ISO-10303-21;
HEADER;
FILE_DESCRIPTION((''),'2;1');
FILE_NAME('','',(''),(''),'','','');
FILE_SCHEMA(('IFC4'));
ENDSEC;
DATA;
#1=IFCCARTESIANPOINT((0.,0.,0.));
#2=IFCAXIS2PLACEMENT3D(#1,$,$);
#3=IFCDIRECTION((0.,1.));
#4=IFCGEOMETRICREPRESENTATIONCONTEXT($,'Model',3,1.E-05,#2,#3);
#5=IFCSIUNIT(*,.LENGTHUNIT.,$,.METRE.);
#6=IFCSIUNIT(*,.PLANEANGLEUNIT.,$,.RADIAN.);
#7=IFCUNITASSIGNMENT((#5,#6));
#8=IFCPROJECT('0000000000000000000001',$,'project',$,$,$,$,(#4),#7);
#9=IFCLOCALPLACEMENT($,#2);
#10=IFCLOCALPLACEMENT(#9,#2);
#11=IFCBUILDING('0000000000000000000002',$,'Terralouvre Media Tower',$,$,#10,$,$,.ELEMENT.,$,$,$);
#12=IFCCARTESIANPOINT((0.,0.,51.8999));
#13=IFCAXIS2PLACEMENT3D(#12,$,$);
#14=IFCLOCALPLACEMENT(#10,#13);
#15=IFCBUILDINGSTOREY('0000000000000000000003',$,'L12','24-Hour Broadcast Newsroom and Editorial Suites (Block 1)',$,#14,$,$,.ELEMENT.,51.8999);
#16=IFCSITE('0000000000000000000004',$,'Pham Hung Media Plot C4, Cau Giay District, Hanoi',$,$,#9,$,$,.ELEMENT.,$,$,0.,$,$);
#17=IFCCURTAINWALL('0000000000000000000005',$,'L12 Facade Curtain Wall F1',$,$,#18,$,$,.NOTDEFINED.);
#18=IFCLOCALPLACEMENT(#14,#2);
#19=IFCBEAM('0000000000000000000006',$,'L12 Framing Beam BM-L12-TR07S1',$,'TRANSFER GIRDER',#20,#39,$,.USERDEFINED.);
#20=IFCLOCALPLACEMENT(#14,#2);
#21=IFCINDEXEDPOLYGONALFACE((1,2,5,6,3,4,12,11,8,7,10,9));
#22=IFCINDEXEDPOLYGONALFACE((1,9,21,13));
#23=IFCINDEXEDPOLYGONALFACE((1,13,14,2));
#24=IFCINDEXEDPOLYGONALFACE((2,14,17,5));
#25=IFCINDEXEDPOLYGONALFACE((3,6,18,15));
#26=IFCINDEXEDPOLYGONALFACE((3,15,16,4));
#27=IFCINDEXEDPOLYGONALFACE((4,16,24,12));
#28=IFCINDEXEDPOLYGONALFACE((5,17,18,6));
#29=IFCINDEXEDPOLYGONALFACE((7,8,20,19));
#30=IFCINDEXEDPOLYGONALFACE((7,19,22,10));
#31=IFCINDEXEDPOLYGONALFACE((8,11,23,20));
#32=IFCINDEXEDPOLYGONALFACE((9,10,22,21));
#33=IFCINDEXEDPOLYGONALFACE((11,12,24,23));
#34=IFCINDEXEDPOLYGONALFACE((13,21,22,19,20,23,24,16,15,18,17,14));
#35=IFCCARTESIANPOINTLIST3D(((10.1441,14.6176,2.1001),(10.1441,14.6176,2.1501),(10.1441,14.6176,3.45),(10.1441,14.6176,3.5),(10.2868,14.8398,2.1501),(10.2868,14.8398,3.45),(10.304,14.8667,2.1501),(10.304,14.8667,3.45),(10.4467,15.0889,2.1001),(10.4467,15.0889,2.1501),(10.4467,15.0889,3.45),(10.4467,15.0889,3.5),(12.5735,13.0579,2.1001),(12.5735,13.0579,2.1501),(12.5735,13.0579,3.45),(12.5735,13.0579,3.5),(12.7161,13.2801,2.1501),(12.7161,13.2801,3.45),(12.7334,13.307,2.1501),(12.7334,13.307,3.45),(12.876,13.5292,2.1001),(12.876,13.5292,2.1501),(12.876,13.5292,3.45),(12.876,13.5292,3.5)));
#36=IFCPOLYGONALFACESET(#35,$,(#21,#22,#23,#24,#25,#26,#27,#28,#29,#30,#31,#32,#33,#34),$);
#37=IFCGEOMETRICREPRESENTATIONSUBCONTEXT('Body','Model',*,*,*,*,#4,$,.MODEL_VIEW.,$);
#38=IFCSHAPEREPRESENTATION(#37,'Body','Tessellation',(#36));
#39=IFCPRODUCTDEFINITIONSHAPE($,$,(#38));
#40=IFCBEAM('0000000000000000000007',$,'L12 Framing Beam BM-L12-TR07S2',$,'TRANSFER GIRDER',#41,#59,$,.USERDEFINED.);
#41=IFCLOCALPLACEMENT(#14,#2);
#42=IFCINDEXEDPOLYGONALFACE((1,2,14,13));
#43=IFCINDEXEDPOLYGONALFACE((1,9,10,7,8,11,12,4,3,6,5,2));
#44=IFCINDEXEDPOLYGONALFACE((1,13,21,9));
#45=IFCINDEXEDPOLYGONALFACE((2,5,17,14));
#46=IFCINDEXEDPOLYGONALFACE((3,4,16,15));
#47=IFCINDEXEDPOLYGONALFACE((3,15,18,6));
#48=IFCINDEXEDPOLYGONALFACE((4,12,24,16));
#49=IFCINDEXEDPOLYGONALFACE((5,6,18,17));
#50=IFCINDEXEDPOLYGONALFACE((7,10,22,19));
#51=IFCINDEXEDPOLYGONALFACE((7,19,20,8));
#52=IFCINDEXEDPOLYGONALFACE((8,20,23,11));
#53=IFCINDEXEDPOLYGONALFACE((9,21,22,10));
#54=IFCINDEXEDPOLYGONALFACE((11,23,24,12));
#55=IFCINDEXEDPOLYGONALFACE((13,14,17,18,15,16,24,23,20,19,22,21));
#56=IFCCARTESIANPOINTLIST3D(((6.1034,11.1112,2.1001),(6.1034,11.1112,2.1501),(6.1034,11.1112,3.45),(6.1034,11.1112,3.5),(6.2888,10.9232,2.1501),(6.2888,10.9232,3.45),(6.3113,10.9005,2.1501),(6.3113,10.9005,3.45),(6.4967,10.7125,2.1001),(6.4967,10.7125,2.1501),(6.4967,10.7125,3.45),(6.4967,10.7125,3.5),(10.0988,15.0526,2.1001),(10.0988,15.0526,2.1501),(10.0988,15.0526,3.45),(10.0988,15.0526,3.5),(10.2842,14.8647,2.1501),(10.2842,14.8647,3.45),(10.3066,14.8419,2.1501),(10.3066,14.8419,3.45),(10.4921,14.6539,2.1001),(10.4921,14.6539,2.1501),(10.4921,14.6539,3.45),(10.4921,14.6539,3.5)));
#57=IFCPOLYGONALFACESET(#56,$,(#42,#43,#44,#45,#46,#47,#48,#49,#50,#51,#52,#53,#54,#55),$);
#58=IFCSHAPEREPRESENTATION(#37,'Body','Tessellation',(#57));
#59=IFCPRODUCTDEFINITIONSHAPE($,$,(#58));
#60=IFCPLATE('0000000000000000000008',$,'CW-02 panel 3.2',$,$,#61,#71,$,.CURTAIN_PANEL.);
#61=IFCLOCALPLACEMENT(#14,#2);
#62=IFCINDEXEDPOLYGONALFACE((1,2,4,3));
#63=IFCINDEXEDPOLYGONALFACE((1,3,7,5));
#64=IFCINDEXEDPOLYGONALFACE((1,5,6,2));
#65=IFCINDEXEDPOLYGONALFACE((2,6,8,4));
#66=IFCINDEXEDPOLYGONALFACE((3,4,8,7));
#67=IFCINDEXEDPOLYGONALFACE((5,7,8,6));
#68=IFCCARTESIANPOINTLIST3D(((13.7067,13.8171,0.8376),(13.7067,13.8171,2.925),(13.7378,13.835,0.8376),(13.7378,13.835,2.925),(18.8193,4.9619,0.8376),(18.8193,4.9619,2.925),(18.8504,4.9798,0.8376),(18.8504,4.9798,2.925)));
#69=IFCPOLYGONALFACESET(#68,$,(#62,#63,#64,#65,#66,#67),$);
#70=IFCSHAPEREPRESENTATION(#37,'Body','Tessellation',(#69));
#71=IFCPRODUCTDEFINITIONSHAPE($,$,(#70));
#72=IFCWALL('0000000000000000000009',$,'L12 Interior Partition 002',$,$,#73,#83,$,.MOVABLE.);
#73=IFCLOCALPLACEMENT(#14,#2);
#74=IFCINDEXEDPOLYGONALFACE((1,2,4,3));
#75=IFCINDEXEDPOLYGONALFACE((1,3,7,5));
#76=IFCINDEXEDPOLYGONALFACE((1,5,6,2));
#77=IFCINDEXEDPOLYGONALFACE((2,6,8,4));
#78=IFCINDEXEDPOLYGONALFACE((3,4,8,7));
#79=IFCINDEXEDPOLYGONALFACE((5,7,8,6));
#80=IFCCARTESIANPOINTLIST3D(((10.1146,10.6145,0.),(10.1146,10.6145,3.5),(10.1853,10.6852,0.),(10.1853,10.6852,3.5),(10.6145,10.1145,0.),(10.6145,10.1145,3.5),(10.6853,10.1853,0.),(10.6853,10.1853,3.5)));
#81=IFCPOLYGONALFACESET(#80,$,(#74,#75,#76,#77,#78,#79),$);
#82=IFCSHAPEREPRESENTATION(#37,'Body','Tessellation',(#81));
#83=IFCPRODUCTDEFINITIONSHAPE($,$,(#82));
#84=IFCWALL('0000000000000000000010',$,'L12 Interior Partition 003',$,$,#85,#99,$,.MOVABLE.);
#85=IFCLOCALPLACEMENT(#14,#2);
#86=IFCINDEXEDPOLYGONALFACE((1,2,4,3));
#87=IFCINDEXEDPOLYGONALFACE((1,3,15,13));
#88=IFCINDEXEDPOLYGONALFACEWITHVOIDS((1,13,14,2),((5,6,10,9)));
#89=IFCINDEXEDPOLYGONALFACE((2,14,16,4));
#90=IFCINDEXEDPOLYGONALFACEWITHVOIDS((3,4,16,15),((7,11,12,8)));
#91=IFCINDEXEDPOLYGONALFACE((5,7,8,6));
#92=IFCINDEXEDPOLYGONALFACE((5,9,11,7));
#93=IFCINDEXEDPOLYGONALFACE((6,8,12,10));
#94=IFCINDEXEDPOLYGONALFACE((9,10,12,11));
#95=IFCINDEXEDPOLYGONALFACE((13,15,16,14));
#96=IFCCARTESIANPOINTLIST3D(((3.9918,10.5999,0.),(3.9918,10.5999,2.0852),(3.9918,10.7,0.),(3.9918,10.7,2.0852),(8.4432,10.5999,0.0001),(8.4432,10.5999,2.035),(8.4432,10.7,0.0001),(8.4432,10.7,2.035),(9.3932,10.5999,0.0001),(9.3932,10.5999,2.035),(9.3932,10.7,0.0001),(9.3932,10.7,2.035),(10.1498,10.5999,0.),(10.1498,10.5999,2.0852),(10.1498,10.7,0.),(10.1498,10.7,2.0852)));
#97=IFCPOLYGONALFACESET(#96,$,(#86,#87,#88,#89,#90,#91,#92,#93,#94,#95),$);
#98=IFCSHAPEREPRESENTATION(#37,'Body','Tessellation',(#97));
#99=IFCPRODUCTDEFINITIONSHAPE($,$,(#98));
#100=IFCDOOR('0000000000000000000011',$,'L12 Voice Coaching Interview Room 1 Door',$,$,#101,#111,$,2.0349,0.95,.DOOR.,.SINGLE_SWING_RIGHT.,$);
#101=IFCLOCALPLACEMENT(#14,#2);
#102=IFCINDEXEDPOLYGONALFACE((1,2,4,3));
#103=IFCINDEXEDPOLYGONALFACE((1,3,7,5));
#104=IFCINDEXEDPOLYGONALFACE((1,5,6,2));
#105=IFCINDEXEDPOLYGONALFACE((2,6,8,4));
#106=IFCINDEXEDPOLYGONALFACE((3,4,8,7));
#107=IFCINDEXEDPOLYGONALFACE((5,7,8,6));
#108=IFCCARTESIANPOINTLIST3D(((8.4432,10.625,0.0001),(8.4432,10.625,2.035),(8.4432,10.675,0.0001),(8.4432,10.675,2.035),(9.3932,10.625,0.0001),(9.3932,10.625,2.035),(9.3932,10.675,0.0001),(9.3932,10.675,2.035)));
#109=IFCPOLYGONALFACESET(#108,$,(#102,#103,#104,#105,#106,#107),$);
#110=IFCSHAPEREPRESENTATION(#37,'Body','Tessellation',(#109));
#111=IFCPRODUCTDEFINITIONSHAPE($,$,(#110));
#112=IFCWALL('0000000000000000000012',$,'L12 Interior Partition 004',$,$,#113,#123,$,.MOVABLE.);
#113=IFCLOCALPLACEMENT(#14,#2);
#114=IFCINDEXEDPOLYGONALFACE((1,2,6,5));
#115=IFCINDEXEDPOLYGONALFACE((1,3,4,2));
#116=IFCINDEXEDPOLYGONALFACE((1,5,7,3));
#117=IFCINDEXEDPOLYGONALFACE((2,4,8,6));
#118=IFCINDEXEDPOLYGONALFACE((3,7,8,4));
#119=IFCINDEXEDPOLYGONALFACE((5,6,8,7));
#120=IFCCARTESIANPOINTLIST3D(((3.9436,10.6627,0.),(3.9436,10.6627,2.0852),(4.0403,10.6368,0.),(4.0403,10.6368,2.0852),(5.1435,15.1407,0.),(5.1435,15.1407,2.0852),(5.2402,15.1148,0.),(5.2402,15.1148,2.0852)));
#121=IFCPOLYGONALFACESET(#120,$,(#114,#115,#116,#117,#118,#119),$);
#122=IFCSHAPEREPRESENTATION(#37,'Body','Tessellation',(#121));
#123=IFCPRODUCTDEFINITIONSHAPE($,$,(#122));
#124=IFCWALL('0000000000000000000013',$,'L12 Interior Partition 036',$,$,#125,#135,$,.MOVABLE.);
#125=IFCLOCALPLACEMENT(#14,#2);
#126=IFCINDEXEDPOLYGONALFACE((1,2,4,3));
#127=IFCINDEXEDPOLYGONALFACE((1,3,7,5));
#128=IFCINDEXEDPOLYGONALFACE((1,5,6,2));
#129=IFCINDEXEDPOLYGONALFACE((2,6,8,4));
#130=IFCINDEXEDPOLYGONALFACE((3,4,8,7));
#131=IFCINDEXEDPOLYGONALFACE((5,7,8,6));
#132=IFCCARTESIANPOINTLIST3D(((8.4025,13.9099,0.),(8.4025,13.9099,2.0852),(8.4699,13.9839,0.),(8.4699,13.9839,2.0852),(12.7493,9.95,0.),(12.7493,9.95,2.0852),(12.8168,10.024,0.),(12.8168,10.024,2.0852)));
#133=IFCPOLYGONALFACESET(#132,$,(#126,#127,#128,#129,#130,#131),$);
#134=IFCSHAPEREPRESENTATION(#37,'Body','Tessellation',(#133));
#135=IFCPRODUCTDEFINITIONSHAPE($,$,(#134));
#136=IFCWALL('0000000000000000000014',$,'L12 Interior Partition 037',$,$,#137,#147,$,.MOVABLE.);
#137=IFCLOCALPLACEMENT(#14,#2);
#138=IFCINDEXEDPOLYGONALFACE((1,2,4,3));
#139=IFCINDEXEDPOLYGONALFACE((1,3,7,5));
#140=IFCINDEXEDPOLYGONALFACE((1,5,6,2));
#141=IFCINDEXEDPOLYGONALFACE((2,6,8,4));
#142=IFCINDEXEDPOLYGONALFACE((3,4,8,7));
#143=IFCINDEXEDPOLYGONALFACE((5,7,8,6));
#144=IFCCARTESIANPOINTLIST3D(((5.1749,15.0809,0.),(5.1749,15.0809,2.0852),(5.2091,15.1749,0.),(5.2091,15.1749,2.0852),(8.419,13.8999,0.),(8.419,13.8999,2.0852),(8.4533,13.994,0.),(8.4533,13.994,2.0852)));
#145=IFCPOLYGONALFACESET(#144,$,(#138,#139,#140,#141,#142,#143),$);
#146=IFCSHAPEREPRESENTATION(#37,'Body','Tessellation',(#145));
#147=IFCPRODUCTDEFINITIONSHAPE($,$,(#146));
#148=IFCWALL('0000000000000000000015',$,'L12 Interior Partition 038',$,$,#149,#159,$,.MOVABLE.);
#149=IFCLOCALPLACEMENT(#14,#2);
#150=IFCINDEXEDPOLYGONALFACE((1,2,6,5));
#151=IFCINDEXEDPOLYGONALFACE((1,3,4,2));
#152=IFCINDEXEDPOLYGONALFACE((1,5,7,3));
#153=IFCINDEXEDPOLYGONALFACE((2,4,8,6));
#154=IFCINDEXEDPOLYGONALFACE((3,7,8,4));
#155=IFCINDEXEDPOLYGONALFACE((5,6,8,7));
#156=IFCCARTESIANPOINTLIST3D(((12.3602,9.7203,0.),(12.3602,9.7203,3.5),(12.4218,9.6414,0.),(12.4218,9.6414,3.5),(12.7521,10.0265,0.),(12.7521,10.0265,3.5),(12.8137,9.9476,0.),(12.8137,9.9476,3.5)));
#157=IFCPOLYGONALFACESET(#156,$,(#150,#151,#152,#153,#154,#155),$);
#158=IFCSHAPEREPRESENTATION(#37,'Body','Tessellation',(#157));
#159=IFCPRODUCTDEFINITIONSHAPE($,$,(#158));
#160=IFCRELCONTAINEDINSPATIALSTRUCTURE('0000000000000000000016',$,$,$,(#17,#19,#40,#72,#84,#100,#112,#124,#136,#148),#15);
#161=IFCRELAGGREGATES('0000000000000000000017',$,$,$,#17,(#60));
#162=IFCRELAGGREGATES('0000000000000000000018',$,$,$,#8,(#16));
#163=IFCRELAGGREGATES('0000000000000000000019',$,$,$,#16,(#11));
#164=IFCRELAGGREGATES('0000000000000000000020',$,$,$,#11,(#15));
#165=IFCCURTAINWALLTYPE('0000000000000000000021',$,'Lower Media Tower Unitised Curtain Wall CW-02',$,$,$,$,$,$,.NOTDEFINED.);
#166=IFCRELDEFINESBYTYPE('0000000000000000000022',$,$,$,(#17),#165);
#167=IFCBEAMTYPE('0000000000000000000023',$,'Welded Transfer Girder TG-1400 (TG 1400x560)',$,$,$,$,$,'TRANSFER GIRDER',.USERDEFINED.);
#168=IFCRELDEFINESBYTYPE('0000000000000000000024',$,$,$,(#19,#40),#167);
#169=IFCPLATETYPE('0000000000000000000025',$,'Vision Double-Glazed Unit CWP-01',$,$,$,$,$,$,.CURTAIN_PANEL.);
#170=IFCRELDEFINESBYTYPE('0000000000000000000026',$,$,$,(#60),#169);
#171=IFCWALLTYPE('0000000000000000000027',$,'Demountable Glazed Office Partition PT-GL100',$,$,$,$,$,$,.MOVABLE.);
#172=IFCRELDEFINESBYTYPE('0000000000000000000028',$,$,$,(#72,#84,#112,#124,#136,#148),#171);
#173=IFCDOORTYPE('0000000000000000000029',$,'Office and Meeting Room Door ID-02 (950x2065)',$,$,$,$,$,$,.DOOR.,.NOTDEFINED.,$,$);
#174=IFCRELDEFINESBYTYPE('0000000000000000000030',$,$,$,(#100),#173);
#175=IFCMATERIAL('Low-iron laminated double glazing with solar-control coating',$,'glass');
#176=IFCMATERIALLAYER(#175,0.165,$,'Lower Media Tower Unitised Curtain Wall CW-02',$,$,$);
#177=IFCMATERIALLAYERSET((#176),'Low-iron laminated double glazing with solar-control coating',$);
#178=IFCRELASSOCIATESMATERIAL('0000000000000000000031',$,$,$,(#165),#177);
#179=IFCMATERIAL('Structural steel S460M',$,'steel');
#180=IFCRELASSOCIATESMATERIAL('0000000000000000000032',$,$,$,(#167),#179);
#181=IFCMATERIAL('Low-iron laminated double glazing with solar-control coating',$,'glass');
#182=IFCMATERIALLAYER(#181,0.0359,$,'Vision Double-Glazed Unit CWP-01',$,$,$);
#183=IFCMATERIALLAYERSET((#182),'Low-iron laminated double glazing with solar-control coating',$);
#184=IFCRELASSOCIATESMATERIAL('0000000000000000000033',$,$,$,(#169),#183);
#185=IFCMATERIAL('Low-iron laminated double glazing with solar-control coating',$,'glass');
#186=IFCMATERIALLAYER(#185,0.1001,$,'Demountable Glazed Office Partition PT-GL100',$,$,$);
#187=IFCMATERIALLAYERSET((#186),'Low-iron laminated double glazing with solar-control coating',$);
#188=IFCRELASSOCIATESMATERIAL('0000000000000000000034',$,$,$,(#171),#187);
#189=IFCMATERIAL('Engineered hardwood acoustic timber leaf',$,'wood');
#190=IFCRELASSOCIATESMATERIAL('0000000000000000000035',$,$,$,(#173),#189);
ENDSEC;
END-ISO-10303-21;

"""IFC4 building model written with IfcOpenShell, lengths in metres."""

from ifc_helpers import new_model, si_unit, direction, frame, frame_2d, origin, origin_2d, place, context, subcontext, project, spatial, rectangle, i_section, extrude, material, layer, layer_set, material_profile, profile_set, type_object, element, fill, aggregate, save


model = new_model("IFC4")

# Units and contexts
model_context = context("Model", 3, precision=1e-05, world=origin(), true_north=direction((0.0, 1.0)))
body_context = subcontext(model_context, "Body", "Model", "MODEL_VIEW")
ifc_project = project(units=[si_unit("LENGTHUNIT", "METRE"), si_unit("PLANEANGLEUNIT", "RADIAN")], contexts=[model_context])

# Site, building, storey
site_placement = place(None, origin())
site = spatial("IfcSite", under=ifc_project, at=site_placement, Name="Pham Hung Media Plot C4, Cau Giay District, Hanoi", CompositionType="ELEMENT", RefElevation=0.0)
building_placement = place(site_placement, origin())
building = spatial("IfcBuilding", under=site, at=building_placement, Name="Terralouvre Media Tower", CompositionType="ELEMENT")
storey_placement = place(building_placement, frame((0.0, 0.0, 51.8999)))
storey = spatial("IfcBuildingStorey", under=building, at=storey_placement, Name="L12", Description="24-Hour Broadcast Newsroom and Editorial Suites (Block 1)", CompositionType="ELEMENT", Elevation=51.8999)

# Curtain wall
ifc_material_1 = material(Name="Low-iron laminated double glazing with solar-control coating", Category="glass")
ifc_layer_1 = layer(ifc_material_1, 0.165, Name="Lower Media Tower Unitised Curtain Wall CW-02")
ifc_layer_set_1 = layer_set([ifc_layer_1], Name="Low-iron laminated double glazing with solar-control coating")
curtain_wall_type = type_object("IfcCurtainWallType", Name="Lower Media Tower Unitised Curtain Wall CW-02", PredefinedType="NOTDEFINED", material=ifc_layer_set_1)
curtain_wall_placement = place(storey_placement, origin())
curtain_wall = element("IfcCurtainWall", 1, at=curtain_wall_placement, inside=storey, type_object=curtain_wall_type, Name="L12 Facade Curtain Wall F1", PredefinedType="NOTDEFINED")

# Beams
ifc_material_2 = material(Name="Structural steel S460M", Category="steel")
ifc_material_profile_1 = material_profile(ifc_material_2, i_section(OverallWidth=0.5601, OverallDepth=1.3999, WebThickness=0.032, FlangeThickness=0.05, at=origin_2d()), Name="TG 1400x560")
ifc_profile_set_1 = profile_set([ifc_material_profile_1], Name="Structural steel S460M")
beam_type_1 = type_object("IfcBeamType", Name="Welded Transfer Girder TG-1400 (TG 1400x560)", ElementType="TRANSFER GIRDER", PredefinedType="USERDEFINED", material=ifc_profile_set_1)
beam_1_placement = place(storey_placement, frame((10.2954, 14.8533, 2.8), z_axis=(0.841489, -0.540275, 0.0), x_axis=(0.540275, 0.841489, 0.0)))
element("IfcBeam", 2, at=beam_1_placement, inside=storey, type_object=beam_type_1, Name="L12 Framing Beam BM-L12-TR07S1", ObjectType="TRANSFER GIRDER", PredefinedType="USERDEFINED", context=body_context, shape_type="SweptSolid", body=[
    extrude(i_section(OverallWidth=0.5601, OverallDepth=1.3999, WebThickness=0.032, FlangeThickness=0.05, at=origin_2d()), origin(), (0.0, 0.0, 1.0), 2.887),
])
beam_2_placement = place(storey_placement, frame((10.2954, 14.8533, 2.8), z_axis=(-0.711897, -0.702284, 0.0), x_axis=(0.702284, -0.711897, 0.0)))
element("IfcBeam", 3, at=beam_2_placement, inside=storey, type_object=beam_type_1, Name="L12 Framing Beam BM-L12-TR07S2", ObjectType="TRANSFER GIRDER", PredefinedType="USERDEFINED", context=body_context, shape_type="SweptSolid", body=[
    extrude(i_section(OverallWidth=0.5601, OverallDepth=1.3999, WebThickness=0.032, FlangeThickness=0.05, at=origin_2d()), origin(), (0.0, 0.0, 1.0), 5.6123),
])

# Plate
ifc_material_3 = material(Name="Low-iron laminated double glazing with solar-control coating", Category="glass")
ifc_layer_2 = layer(ifc_material_3, 0.0359, Name="Vision Double-Glazed Unit CWP-01")
ifc_layer_set_2 = layer_set([ifc_layer_2], Name="Low-iron laminated double glazing with solar-control coating")
plate_type = type_object("IfcPlateType", Name="Vision Double-Glazed Unit CWP-01", PredefinedType="CURTAIN_PANEL", material=ifc_layer_set_2)
plate_placement = place(storey_placement, frame((16.2786, 9.3984, 0.8376), z_axis=(0.0, 0.0, 1.0), x_axis=(-0.5, 0.866025, 0.0)))
plate = element("IfcPlate", 4, at=plate_placement, type_object=plate_type, Name="CW-02 panel 3.2", PredefinedType="CURTAIN_PANEL", context=body_context, shape_type="SweptSolid", body=[
    extrude(rectangle(XDim=10.2251, YDim=0.0359, at=origin_2d()), origin(), (0.0, 0.0, 1.0), 2.0874),
])
aggregate(curtain_wall, [plate])

# Wall
ifc_material_4 = material(Name="Low-iron laminated double glazing with solar-control coating", Category="glass")
ifc_layer_3 = layer(ifc_material_4, 0.1001, Name="Demountable Glazed Office Partition PT-GL100")
ifc_layer_set_3 = layer_set([ifc_layer_3], Name="Low-iron laminated double glazing with solar-control coating")
wall_type_1 = type_object("IfcWallType", Name="Demountable Glazed Office Partition PT-GL100", PredefinedType="MOVABLE", material=ifc_layer_set_3)
wall_1_placement = place(storey_placement, frame((10.6499, 10.1499, 0.0), z_axis=(0.0, 0.0, 1.0), x_axis=(-0.707107, 0.707107, 0.0)))
element("IfcWall", 5, at=wall_1_placement, inside=storey, type_object=wall_type_1, Name="L12 Interior Partition 002", PredefinedType="MOVABLE", context=body_context, shape_type="SweptSolid", body=[
    extrude(rectangle(XDim=0.707, YDim=0.1001, at=frame_2d((0.3535, 0.0))), origin(), (0.0, 0.0, 1.0), 3.5),
])

# Wall, opening, door
wall_2_placement = place(storey_placement, frame((10.1499, 10.6499, 0.0), z_axis=(0.0, 0.0, 1.0), x_axis=(-1.0, 0.0, 0.0)))
wall_2 = element("IfcWall", 6, at=wall_2_placement, inside=storey, type_object=wall_type_1, Name="L12 Interior Partition 003", PredefinedType="MOVABLE", context=body_context, shape_type="SweptSolid", body=[
    extrude(rectangle(XDim=6.158, YDim=0.1001, at=frame_2d((3.0791, 0.0))), origin(), (0.0, 0.0, 1.0), 2.0852),
])
opening_1_placement = place(wall_2_placement, frame((0.7566, 0.0, 0.0)))
opening_1 = element("IfcOpeningElement", 7, at=opening_1_placement, cuts=wall_2, PredefinedType="OPENING", context=body_context, shape_type="SweptSolid", body=[
    extrude(rectangle(XDim=0.95, YDim=2.0349, at=frame_2d((0.4751, 1.0176))), frame((0.0, 0.0601, 0.0), z_axis=(0.0, -1.0, 0.0), x_axis=(1.0, 0.0, 0.0)), (0.0, 0.0, 1.0), 0.1201),
])
ifc_material_5 = material(Name="Engineered hardwood acoustic timber leaf", Category="wood")
door_type = type_object("IfcDoorType", Name="Office and Meeting Room Door ID-02 (950x2065)", OperationType="NOTDEFINED", PredefinedType="DOOR", material=ifc_material_5)
door_1_placement = place(opening_1_placement, origin())
door_1 = element("IfcDoor", 8, at=door_1_placement, inside=storey, type_object=door_type, Name="L12 Voice Coaching Interview Room 1 Door", OperationType="SINGLE_SWING_RIGHT", OverallHeight=2.0349, OverallWidth=0.95, PredefinedType="DOOR", context=body_context, shape_type="SweptSolid", body=[
    extrude(rectangle(XDim=0.95, YDim=2.0349, at=frame_2d((0.4751, 1.0176))), frame((0.0, 0.0249, 0.0), z_axis=(0.0, -1.0, 0.0), x_axis=(1.0, 0.0, 0.0)), (0.0, 0.0, 1.0), 0.05),
])
fill(opening_1, door_1)

# Walls
wall_3_placement = place(storey_placement, frame((3.9919, 10.6499, 0.0), z_axis=(0.0, 0.0, 1.0), x_axis=(0.258833, 0.965922, 0.0)))
element("IfcWall", 9, at=wall_3_placement, inside=storey, type_object=wall_type_1, Name="L12 Interior Partition 004", PredefinedType="MOVABLE", context=body_context, shape_type="SweptSolid", body=[
    extrude(rectangle(XDim=4.636, YDim=0.1001, at=frame_2d((2.3179, 0.0))), origin(), (0.0, 0.0, 1.0), 2.0852),
])
wall_4_placement = place(storey_placement, frame((12.783, 9.9871, 0.0), z_axis=(0.0, 0.0, 1.0), x_axis=(-0.739245, 0.673437, 0.0)))
element("IfcWall", 10, at=wall_4_placement, inside=storey, type_object=wall_type_1, Name="L12 Interior Partition 036", PredefinedType="MOVABLE", context=body_context, shape_type="SweptSolid", body=[
    extrude(rectangle(XDim=5.8801, YDim=0.1001, at=frame_2d((2.9399, 0.0))), origin(), (0.0, 0.0, 1.0), 2.0852),
])
wall_5_placement = place(storey_placement, frame((8.436, 13.947, 0.0), z_axis=(0.0, 0.0, 1.0), x_axis=(-0.93968, 0.342055, 0.0)))
element("IfcWall", 11, at=wall_5_placement, inside=storey, type_object=wall_type_1, Name="L12 Interior Partition 037", PredefinedType="MOVABLE", context=body_context, shape_type="SweptSolid", body=[
    extrude(rectangle(XDim=3.4524, YDim=0.1001, at=frame_2d((1.7261, 0.0))), origin(), (0.0, 0.0, 1.0), 2.0852),
])
wall_6_placement = place(storey_placement, frame((12.3911, 9.6809, 0.0), z_axis=(0.0, 0.0, 1.0), x_axis=(0.788002, 0.615673, 0.0)))
element("IfcWall", 12, at=wall_6_placement, inside=storey, type_object=wall_type_1, Name="L12 Interior Partition 038", PredefinedType="MOVABLE", context=body_context, shape_type="SweptSolid", body=[
    extrude(rectangle(XDim=0.4973, YDim=0.1001, at=frame_2d((0.2485, 0.0))), origin(), (0.0, 0.0, 1.0), 3.5),
])

save(model, "model.ifc")
